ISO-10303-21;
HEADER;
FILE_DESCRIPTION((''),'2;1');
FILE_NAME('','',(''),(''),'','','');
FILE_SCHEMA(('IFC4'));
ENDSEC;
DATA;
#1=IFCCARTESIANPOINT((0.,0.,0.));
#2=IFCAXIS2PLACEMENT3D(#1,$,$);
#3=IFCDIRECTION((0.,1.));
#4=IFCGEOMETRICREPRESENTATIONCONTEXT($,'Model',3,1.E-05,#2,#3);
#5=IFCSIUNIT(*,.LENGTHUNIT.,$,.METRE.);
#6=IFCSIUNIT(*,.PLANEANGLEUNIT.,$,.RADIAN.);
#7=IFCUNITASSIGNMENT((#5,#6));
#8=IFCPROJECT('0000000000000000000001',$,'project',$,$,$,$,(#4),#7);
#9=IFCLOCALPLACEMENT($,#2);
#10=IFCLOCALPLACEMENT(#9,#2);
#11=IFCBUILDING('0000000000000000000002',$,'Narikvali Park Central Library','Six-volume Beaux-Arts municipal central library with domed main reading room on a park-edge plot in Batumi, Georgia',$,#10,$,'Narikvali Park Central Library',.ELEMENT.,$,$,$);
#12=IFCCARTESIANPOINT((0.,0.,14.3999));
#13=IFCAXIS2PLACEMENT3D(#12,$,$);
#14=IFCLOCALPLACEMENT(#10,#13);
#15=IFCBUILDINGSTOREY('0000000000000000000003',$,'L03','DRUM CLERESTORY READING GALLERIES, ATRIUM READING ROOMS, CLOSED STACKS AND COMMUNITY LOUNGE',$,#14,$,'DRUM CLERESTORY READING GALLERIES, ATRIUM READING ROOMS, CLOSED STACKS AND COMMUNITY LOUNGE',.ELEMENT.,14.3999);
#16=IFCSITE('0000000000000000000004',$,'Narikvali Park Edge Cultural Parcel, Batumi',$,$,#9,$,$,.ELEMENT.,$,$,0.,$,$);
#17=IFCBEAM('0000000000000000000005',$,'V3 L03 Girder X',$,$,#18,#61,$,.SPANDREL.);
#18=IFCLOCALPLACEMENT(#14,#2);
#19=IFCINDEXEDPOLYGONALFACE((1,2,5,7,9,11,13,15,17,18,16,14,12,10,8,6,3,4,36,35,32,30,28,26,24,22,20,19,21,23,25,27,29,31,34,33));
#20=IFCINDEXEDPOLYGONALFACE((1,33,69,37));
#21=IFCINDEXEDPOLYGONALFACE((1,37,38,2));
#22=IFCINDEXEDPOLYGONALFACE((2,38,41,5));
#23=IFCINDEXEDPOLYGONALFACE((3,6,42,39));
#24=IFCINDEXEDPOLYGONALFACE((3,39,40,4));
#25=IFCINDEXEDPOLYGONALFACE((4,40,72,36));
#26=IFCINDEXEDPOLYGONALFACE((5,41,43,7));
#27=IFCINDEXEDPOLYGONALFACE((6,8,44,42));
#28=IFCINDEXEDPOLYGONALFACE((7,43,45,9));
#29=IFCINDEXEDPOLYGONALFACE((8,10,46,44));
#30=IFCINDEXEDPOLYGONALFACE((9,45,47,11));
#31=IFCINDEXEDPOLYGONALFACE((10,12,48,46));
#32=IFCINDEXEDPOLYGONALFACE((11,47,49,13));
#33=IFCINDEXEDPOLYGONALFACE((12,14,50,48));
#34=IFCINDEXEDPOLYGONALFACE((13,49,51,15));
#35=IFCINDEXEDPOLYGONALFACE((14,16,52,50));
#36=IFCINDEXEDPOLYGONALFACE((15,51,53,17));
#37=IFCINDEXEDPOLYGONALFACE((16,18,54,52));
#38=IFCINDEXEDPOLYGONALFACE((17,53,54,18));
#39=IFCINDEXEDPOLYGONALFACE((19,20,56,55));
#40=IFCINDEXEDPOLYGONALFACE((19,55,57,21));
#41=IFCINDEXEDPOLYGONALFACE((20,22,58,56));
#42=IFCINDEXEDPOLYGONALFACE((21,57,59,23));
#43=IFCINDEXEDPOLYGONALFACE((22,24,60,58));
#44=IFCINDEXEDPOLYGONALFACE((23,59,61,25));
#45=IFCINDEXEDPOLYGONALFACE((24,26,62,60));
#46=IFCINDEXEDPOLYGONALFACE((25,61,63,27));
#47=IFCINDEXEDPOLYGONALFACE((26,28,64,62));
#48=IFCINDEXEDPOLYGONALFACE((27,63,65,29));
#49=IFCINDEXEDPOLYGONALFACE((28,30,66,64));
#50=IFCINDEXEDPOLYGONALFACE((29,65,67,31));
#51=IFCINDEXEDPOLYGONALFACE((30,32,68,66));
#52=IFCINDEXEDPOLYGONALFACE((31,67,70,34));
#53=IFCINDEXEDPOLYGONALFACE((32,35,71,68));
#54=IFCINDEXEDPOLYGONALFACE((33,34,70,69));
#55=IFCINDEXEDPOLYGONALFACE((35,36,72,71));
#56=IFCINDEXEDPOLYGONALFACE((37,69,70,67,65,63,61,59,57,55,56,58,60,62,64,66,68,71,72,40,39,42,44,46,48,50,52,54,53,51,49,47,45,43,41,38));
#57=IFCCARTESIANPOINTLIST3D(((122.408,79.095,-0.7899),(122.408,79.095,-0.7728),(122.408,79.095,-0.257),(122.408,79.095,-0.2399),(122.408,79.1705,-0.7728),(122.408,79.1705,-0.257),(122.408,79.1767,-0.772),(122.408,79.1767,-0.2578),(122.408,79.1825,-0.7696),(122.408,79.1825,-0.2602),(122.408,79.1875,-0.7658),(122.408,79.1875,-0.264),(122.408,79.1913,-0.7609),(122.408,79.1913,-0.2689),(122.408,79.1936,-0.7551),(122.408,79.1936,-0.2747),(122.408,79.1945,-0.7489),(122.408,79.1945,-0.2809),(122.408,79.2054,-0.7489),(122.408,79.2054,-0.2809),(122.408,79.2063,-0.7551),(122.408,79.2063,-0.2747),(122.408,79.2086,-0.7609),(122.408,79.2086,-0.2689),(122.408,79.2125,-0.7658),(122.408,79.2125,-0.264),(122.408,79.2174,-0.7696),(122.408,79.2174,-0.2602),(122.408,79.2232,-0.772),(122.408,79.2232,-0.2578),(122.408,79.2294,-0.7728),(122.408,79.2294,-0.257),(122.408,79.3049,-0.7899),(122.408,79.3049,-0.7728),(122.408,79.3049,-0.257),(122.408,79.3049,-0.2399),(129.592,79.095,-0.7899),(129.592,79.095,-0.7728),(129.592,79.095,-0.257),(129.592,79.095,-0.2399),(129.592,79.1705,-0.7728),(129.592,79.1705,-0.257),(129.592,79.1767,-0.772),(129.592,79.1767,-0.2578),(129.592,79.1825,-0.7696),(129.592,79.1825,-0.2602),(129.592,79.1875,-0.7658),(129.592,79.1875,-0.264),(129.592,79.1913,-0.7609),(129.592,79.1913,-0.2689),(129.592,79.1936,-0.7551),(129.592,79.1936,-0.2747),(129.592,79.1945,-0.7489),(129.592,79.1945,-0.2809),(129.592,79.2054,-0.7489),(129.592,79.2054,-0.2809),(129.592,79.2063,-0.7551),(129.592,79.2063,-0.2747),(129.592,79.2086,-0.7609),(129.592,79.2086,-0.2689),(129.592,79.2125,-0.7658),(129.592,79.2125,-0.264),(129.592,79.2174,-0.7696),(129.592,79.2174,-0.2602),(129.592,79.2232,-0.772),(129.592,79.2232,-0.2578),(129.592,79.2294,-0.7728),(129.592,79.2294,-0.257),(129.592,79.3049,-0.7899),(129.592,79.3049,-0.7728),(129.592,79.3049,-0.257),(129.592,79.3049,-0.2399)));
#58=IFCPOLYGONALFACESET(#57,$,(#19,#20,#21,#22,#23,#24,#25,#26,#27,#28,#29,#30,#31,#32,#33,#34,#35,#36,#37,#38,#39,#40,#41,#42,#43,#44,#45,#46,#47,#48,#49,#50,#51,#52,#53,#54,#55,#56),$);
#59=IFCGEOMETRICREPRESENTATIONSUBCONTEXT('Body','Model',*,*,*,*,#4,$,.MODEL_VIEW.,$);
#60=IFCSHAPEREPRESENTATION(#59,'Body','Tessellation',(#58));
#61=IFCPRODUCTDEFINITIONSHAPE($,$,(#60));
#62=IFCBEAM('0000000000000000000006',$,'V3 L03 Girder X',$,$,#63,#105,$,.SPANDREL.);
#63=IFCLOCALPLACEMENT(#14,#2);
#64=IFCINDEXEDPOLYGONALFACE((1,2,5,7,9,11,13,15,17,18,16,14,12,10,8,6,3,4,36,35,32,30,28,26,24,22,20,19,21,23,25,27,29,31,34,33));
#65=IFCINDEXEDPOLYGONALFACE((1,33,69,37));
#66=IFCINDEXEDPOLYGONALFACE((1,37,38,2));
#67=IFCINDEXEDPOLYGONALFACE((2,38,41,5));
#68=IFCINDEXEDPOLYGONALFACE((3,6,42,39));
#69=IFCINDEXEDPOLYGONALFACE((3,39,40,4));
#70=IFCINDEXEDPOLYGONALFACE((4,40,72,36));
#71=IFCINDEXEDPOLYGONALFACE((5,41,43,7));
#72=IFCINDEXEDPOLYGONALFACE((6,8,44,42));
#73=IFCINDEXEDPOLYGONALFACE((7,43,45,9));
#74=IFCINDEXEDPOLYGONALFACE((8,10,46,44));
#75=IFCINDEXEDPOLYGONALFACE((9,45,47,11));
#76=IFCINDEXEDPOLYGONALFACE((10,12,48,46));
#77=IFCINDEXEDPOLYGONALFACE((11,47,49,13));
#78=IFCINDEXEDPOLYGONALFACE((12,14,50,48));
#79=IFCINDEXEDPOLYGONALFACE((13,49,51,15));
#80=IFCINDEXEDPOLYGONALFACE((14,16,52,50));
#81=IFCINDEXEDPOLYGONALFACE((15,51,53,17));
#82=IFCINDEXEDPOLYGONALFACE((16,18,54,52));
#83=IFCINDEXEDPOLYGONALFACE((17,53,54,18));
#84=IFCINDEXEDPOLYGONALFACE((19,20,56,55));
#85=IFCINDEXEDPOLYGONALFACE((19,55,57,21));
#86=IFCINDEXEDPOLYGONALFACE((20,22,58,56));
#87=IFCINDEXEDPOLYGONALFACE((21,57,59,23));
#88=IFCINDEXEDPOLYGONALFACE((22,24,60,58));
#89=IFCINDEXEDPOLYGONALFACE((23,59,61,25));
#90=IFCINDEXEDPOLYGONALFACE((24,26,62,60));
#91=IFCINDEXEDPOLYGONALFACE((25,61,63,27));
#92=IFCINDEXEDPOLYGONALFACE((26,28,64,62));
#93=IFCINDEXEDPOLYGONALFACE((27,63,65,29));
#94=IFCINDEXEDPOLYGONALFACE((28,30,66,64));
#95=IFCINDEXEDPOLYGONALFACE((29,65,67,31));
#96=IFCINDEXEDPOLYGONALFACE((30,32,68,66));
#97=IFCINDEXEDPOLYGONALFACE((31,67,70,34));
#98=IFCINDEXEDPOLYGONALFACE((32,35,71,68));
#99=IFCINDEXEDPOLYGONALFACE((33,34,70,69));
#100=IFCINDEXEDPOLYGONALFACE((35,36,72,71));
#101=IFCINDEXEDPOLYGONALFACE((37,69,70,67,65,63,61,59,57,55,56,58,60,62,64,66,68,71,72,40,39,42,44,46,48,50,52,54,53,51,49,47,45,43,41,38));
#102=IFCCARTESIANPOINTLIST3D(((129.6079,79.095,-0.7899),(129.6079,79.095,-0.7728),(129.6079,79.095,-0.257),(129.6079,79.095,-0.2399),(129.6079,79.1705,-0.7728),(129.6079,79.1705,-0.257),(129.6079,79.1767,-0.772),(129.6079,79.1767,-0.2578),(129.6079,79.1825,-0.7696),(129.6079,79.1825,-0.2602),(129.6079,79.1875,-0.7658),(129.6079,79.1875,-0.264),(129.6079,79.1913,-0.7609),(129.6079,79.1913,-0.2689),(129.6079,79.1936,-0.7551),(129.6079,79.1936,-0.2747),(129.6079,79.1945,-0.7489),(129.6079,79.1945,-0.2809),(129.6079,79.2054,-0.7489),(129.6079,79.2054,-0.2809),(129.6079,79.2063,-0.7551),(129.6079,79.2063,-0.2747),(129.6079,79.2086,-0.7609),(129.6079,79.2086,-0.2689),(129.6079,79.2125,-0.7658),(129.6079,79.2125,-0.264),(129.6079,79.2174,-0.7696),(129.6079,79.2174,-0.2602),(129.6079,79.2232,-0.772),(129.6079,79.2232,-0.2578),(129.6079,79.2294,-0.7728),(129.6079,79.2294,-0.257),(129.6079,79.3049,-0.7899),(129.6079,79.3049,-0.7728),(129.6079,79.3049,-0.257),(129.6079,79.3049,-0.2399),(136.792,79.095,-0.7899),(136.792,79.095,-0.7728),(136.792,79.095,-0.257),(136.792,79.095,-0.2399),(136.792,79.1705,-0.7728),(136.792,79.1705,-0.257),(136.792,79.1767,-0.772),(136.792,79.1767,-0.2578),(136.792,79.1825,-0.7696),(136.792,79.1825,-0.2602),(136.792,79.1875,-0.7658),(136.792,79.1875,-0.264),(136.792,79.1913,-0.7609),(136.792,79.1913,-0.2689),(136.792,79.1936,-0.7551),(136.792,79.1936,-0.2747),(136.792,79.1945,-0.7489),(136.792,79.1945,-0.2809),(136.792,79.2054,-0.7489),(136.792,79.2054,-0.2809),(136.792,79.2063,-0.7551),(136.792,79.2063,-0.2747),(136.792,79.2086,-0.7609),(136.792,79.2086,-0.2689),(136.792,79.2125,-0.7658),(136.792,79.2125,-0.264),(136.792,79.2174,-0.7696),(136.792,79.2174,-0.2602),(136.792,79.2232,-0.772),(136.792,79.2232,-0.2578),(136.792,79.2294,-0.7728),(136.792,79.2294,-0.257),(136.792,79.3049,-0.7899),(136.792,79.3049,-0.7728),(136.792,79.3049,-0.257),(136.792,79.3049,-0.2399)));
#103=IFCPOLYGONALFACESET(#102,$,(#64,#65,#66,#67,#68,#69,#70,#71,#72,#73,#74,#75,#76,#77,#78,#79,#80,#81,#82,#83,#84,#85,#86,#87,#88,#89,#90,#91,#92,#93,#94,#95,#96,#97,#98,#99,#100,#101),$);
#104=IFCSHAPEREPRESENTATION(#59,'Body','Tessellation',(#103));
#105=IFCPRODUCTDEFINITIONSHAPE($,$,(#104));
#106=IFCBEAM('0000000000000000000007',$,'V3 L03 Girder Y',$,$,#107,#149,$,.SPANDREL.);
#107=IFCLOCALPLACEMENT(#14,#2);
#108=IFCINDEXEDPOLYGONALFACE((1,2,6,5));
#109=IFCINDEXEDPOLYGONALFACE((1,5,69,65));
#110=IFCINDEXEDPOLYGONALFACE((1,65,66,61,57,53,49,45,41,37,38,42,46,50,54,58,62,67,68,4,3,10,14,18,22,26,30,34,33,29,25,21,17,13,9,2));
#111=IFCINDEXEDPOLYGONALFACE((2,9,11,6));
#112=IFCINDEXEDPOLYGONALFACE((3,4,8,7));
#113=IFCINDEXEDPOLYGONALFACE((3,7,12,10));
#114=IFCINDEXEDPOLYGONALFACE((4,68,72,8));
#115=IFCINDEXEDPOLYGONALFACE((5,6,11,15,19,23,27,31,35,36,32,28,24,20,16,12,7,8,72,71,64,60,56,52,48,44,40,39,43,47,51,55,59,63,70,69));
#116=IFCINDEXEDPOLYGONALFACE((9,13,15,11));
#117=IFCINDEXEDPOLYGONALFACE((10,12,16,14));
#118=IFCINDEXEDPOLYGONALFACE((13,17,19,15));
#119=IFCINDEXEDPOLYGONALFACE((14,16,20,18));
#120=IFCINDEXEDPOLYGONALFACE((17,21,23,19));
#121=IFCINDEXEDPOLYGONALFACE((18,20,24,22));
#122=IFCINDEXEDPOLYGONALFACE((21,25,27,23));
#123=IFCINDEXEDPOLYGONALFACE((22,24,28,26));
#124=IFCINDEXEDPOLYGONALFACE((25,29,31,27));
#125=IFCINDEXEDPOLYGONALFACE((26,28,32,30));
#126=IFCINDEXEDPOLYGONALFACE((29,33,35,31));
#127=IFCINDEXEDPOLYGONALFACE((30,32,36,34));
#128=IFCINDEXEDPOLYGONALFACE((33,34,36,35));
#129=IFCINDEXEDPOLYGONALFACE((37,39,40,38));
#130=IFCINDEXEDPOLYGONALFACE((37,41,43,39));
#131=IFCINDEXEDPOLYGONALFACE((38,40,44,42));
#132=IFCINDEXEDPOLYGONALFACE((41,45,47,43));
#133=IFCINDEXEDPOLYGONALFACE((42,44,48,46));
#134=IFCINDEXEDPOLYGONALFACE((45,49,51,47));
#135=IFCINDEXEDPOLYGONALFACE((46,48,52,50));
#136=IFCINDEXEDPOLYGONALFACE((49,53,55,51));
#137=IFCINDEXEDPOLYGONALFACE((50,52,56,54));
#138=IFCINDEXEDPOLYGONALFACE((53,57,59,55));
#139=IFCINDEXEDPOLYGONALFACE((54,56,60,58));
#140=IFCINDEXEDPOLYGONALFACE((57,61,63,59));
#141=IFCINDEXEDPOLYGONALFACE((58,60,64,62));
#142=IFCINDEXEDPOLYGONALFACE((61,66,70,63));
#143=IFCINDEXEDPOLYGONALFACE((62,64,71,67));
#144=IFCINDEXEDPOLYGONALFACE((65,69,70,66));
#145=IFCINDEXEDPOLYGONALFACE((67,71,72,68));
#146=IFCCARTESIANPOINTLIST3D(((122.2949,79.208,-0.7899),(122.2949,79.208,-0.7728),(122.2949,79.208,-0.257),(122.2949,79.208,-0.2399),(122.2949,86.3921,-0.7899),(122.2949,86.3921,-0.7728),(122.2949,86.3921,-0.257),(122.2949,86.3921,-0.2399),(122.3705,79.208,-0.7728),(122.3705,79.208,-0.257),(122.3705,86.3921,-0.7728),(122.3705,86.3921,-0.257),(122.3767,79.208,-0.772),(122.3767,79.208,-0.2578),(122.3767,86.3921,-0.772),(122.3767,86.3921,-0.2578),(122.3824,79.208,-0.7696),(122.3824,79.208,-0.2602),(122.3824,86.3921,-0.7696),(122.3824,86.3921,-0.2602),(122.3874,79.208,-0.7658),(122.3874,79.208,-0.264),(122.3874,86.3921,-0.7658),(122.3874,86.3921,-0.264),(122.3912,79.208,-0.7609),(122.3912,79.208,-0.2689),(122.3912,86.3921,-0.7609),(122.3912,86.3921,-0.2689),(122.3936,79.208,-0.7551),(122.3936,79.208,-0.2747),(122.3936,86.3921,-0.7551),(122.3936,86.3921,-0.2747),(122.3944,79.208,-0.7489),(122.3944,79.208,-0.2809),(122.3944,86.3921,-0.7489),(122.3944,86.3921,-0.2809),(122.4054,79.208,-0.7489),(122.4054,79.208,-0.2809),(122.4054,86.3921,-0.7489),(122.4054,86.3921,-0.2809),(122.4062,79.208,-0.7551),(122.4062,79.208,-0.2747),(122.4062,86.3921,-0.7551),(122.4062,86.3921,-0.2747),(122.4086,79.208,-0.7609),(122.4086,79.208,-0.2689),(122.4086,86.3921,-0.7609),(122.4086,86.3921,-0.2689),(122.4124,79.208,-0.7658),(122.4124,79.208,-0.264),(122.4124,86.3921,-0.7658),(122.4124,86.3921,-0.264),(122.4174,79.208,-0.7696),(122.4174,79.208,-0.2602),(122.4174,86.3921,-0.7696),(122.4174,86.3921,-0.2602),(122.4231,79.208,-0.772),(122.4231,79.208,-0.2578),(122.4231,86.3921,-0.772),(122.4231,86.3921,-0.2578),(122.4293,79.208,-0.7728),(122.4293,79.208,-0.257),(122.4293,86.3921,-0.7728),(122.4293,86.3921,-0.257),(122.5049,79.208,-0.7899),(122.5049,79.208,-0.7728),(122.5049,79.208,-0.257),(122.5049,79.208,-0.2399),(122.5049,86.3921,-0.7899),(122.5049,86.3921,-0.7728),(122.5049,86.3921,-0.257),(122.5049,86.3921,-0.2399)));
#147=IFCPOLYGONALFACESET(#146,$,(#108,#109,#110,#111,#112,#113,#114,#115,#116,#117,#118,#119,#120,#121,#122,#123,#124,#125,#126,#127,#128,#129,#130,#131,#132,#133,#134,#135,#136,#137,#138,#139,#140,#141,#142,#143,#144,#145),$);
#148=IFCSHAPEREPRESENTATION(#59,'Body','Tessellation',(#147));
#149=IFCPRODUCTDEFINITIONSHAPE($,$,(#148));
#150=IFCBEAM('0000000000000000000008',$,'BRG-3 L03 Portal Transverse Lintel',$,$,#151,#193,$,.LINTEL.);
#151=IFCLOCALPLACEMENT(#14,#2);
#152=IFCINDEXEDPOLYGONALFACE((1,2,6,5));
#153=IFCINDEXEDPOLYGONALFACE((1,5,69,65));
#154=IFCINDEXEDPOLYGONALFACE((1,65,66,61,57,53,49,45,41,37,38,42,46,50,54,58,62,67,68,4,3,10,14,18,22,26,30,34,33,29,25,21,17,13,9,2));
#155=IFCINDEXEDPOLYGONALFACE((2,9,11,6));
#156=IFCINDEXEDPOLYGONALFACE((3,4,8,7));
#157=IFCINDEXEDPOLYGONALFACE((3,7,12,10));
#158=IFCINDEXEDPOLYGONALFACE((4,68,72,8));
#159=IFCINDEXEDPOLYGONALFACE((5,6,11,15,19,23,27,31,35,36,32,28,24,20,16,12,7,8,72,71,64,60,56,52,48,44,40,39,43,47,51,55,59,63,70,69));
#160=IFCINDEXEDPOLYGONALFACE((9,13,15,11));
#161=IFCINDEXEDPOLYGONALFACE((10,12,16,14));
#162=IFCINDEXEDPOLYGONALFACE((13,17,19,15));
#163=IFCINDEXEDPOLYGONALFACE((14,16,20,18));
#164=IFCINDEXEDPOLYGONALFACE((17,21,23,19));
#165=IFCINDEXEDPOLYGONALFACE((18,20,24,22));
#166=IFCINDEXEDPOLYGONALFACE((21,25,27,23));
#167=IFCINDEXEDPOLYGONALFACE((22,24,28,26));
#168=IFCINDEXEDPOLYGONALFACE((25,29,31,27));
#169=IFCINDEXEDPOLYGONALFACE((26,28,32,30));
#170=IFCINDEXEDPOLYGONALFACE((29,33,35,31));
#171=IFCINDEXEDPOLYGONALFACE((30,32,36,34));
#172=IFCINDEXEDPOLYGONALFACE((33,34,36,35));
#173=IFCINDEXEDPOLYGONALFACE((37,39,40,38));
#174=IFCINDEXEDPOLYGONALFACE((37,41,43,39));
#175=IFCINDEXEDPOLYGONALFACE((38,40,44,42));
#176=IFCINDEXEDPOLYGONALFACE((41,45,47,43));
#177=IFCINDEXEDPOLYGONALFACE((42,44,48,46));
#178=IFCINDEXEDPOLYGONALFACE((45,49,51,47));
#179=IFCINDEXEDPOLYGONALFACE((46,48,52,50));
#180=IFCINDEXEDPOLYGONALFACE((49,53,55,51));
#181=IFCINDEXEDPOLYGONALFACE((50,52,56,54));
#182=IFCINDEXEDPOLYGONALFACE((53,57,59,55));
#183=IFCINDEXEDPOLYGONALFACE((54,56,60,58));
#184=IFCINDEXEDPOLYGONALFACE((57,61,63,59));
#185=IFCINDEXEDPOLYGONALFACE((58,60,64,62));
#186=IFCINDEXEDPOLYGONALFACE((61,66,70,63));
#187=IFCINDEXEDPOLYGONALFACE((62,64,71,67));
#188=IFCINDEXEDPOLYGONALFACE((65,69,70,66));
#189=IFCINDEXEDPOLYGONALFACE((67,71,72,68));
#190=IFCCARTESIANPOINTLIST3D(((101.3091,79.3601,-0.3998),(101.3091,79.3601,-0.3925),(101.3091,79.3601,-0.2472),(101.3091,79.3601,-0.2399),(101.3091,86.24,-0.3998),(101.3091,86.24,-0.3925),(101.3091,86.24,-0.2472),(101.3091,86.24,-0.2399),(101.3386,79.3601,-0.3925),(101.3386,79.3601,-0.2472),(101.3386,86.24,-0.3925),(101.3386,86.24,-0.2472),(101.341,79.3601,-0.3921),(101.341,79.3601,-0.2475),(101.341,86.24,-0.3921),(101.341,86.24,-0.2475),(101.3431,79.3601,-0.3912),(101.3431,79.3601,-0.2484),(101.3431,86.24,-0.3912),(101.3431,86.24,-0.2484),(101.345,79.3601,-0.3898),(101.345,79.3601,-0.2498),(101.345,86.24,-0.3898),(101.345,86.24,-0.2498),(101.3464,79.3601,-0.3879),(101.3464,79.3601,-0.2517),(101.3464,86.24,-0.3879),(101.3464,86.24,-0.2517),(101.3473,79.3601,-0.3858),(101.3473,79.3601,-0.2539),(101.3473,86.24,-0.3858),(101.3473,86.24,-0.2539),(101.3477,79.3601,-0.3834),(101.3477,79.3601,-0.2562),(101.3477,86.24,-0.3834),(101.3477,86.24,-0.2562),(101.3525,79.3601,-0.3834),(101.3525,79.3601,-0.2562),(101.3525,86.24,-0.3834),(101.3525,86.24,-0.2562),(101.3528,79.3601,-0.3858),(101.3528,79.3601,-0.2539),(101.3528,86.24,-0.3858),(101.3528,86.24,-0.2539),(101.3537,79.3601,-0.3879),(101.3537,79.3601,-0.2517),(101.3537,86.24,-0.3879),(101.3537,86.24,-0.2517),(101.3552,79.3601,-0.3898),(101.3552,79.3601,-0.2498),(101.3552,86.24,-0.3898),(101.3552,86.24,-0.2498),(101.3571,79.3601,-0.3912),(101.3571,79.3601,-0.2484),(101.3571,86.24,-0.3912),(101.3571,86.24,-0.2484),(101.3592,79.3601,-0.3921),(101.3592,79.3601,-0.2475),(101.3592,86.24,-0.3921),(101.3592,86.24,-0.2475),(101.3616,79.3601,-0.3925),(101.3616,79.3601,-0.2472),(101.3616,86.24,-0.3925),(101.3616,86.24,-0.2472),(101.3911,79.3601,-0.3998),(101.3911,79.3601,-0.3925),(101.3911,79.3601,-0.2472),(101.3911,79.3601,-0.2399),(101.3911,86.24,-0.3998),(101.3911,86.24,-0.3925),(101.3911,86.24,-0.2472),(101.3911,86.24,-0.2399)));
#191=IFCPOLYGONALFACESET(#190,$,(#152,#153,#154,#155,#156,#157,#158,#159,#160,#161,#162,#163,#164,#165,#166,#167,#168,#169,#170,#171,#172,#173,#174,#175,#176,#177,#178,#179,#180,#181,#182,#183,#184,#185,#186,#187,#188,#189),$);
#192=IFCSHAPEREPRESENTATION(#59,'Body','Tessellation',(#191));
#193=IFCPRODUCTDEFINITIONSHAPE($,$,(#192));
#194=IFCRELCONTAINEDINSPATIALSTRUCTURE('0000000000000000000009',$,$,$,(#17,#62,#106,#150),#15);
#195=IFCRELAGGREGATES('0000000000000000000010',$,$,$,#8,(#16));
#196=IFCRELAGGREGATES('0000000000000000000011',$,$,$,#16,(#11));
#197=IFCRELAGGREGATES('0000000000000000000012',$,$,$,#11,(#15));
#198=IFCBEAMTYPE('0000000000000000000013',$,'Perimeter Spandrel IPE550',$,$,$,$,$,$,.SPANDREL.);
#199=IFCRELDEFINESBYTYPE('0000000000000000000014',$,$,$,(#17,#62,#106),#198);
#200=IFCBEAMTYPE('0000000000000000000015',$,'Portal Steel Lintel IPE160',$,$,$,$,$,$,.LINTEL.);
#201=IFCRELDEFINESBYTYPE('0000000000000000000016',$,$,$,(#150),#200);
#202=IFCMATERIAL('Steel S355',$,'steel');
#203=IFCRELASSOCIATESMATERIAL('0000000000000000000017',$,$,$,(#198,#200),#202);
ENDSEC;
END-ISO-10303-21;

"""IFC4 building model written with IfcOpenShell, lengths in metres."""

from ifc_helpers import new_model, si_unit, direction, frame, origin, origin_2d, place, context, subcontext, project, spatial, i_section, extrude, material, material_profile, profile_set, type_object, element, save


model = new_model("IFC4")

# Units and contexts
model_context = context("Model", 3, precision=1e-05, world=origin(), true_north=direction((0.0, 1.0)))
body_context = subcontext(model_context, "Body", "Model", "MODEL_VIEW")
ifc_project = project(units=[si_unit("LENGTHUNIT", "METRE"), si_unit("PLANEANGLEUNIT", "RADIAN")], contexts=[model_context])

# Site, building, storey
site_placement = place(None, origin())
site = spatial("IfcSite", under=ifc_project, at=site_placement, Name="Narikvali Park Edge Cultural Parcel, Batumi", CompositionType="ELEMENT", RefElevation=0.0)
building_placement = place(site_placement, origin())
building = spatial("IfcBuilding", under=site, at=building_placement, Name="Narikvali Park Central Library", Description="Six-volume Beaux-Arts municipal central library with domed main reading room on a park-edge plot in Batumi, Georgia", LongName="Narikvali Park Central Library", CompositionType="ELEMENT")
storey_placement = place(building_placement, frame((0.0, 0.0, 14.3999)))
storey = spatial("IfcBuildingStorey", under=building, at=storey_placement, Name="L03", Description="DRUM CLERESTORY READING GALLERIES, ATRIUM READING ROOMS, CLOSED STACKS AND COMMUNITY LOUNGE", LongName="DRUM CLERESTORY READING GALLERIES, ATRIUM READING ROOMS, CLOSED STACKS AND COMMUNITY LOUNGE", CompositionType="ELEMENT", Elevation=14.3999)

# Shared definitions
ifc_material_1 = material(Name="Steel S355", Category="steel")

# Beams
ifc_material_profile_1 = material_profile(ifc_material_1, i_section(OverallWidth=0.21, OverallDepth=0.55, WebThickness=0.011, FlangeThickness=0.0171, FilletRadius=0.0239, at=origin_2d()), Name="IPE 550")
ifc_profile_set_1 = profile_set([ifc_material_profile_1], Name="Steel S355")
beam_type_1 = type_object("IfcBeamType", Name="Perimeter Spandrel IPE550", PredefinedType="SPANDREL", material=ifc_profile_set_1)
for number, where, z_axis, x_axis, name in (
    (1, (122.408, 79.2, -0.5149), (1.0, 0.0, 0.0), (0.0, 1.0, 0.0), "V3 L03 Girder X"),
    (2, (129.6079, 79.2, -0.5149), (1.0, 0.0, 0.0), (0.0, 1.0, 0.0), "V3 L03 Girder X"),
    (3, (122.3999, 79.208, -0.5149), (0.0, 1.0, 0.0), (-1.0, 0.0, 0.0), "V3 L03 Girder Y"),
):
    element("IfcBeam", number, at=place(storey_placement, frame(where, z_axis=z_axis, x_axis=x_axis)), inside=storey, type_object=beam_type_1, Name=name, PredefinedType="SPANDREL", context=body_context, shape_type="SweptSolid", body=[
        extrude(i_section(OverallWidth=0.21, OverallDepth=0.55, WebThickness=0.011, FlangeThickness=0.0171, FilletRadius=0.0239, at=origin_2d()), origin(), (0.0, 0.0, 1.0), 7.1841),
    ])
ifc_material_profile_2 = material_profile(ifc_material_1, i_section(OverallWidth=0.082, OverallDepth=0.1599, WebThickness=0.0049, FlangeThickness=0.0073, FilletRadius=0.009, at=origin_2d()), Name="IPE 160")
ifc_profile_set_2 = profile_set([ifc_material_profile_2], Name="Steel S355")
beam_type_2 = type_object("IfcBeamType", Name="Portal Steel Lintel IPE160", PredefinedType="LINTEL", material=ifc_profile_set_2)
beam_1_placement = place(storey_placement, frame((101.3501, 79.3601, -0.3198), z_axis=(0.0, 1.0, 0.0), x_axis=(-1.0, 0.0, 0.0)))
element("IfcBeam", 4, at=beam_1_placement, inside=storey, type_object=beam_type_2, Name="BRG-3 L03 Portal Transverse Lintel", PredefinedType="LINTEL", context=body_context, shape_type="SweptSolid", body=[
    extrude(i_section(OverallWidth=0.082, OverallDepth=0.1599, WebThickness=0.0049, FlangeThickness=0.0073, FilletRadius=0.009, at=origin_2d()), origin(), (0.0, 0.0, 1.0), 6.8799),
])

save(model, "model.ifc")
